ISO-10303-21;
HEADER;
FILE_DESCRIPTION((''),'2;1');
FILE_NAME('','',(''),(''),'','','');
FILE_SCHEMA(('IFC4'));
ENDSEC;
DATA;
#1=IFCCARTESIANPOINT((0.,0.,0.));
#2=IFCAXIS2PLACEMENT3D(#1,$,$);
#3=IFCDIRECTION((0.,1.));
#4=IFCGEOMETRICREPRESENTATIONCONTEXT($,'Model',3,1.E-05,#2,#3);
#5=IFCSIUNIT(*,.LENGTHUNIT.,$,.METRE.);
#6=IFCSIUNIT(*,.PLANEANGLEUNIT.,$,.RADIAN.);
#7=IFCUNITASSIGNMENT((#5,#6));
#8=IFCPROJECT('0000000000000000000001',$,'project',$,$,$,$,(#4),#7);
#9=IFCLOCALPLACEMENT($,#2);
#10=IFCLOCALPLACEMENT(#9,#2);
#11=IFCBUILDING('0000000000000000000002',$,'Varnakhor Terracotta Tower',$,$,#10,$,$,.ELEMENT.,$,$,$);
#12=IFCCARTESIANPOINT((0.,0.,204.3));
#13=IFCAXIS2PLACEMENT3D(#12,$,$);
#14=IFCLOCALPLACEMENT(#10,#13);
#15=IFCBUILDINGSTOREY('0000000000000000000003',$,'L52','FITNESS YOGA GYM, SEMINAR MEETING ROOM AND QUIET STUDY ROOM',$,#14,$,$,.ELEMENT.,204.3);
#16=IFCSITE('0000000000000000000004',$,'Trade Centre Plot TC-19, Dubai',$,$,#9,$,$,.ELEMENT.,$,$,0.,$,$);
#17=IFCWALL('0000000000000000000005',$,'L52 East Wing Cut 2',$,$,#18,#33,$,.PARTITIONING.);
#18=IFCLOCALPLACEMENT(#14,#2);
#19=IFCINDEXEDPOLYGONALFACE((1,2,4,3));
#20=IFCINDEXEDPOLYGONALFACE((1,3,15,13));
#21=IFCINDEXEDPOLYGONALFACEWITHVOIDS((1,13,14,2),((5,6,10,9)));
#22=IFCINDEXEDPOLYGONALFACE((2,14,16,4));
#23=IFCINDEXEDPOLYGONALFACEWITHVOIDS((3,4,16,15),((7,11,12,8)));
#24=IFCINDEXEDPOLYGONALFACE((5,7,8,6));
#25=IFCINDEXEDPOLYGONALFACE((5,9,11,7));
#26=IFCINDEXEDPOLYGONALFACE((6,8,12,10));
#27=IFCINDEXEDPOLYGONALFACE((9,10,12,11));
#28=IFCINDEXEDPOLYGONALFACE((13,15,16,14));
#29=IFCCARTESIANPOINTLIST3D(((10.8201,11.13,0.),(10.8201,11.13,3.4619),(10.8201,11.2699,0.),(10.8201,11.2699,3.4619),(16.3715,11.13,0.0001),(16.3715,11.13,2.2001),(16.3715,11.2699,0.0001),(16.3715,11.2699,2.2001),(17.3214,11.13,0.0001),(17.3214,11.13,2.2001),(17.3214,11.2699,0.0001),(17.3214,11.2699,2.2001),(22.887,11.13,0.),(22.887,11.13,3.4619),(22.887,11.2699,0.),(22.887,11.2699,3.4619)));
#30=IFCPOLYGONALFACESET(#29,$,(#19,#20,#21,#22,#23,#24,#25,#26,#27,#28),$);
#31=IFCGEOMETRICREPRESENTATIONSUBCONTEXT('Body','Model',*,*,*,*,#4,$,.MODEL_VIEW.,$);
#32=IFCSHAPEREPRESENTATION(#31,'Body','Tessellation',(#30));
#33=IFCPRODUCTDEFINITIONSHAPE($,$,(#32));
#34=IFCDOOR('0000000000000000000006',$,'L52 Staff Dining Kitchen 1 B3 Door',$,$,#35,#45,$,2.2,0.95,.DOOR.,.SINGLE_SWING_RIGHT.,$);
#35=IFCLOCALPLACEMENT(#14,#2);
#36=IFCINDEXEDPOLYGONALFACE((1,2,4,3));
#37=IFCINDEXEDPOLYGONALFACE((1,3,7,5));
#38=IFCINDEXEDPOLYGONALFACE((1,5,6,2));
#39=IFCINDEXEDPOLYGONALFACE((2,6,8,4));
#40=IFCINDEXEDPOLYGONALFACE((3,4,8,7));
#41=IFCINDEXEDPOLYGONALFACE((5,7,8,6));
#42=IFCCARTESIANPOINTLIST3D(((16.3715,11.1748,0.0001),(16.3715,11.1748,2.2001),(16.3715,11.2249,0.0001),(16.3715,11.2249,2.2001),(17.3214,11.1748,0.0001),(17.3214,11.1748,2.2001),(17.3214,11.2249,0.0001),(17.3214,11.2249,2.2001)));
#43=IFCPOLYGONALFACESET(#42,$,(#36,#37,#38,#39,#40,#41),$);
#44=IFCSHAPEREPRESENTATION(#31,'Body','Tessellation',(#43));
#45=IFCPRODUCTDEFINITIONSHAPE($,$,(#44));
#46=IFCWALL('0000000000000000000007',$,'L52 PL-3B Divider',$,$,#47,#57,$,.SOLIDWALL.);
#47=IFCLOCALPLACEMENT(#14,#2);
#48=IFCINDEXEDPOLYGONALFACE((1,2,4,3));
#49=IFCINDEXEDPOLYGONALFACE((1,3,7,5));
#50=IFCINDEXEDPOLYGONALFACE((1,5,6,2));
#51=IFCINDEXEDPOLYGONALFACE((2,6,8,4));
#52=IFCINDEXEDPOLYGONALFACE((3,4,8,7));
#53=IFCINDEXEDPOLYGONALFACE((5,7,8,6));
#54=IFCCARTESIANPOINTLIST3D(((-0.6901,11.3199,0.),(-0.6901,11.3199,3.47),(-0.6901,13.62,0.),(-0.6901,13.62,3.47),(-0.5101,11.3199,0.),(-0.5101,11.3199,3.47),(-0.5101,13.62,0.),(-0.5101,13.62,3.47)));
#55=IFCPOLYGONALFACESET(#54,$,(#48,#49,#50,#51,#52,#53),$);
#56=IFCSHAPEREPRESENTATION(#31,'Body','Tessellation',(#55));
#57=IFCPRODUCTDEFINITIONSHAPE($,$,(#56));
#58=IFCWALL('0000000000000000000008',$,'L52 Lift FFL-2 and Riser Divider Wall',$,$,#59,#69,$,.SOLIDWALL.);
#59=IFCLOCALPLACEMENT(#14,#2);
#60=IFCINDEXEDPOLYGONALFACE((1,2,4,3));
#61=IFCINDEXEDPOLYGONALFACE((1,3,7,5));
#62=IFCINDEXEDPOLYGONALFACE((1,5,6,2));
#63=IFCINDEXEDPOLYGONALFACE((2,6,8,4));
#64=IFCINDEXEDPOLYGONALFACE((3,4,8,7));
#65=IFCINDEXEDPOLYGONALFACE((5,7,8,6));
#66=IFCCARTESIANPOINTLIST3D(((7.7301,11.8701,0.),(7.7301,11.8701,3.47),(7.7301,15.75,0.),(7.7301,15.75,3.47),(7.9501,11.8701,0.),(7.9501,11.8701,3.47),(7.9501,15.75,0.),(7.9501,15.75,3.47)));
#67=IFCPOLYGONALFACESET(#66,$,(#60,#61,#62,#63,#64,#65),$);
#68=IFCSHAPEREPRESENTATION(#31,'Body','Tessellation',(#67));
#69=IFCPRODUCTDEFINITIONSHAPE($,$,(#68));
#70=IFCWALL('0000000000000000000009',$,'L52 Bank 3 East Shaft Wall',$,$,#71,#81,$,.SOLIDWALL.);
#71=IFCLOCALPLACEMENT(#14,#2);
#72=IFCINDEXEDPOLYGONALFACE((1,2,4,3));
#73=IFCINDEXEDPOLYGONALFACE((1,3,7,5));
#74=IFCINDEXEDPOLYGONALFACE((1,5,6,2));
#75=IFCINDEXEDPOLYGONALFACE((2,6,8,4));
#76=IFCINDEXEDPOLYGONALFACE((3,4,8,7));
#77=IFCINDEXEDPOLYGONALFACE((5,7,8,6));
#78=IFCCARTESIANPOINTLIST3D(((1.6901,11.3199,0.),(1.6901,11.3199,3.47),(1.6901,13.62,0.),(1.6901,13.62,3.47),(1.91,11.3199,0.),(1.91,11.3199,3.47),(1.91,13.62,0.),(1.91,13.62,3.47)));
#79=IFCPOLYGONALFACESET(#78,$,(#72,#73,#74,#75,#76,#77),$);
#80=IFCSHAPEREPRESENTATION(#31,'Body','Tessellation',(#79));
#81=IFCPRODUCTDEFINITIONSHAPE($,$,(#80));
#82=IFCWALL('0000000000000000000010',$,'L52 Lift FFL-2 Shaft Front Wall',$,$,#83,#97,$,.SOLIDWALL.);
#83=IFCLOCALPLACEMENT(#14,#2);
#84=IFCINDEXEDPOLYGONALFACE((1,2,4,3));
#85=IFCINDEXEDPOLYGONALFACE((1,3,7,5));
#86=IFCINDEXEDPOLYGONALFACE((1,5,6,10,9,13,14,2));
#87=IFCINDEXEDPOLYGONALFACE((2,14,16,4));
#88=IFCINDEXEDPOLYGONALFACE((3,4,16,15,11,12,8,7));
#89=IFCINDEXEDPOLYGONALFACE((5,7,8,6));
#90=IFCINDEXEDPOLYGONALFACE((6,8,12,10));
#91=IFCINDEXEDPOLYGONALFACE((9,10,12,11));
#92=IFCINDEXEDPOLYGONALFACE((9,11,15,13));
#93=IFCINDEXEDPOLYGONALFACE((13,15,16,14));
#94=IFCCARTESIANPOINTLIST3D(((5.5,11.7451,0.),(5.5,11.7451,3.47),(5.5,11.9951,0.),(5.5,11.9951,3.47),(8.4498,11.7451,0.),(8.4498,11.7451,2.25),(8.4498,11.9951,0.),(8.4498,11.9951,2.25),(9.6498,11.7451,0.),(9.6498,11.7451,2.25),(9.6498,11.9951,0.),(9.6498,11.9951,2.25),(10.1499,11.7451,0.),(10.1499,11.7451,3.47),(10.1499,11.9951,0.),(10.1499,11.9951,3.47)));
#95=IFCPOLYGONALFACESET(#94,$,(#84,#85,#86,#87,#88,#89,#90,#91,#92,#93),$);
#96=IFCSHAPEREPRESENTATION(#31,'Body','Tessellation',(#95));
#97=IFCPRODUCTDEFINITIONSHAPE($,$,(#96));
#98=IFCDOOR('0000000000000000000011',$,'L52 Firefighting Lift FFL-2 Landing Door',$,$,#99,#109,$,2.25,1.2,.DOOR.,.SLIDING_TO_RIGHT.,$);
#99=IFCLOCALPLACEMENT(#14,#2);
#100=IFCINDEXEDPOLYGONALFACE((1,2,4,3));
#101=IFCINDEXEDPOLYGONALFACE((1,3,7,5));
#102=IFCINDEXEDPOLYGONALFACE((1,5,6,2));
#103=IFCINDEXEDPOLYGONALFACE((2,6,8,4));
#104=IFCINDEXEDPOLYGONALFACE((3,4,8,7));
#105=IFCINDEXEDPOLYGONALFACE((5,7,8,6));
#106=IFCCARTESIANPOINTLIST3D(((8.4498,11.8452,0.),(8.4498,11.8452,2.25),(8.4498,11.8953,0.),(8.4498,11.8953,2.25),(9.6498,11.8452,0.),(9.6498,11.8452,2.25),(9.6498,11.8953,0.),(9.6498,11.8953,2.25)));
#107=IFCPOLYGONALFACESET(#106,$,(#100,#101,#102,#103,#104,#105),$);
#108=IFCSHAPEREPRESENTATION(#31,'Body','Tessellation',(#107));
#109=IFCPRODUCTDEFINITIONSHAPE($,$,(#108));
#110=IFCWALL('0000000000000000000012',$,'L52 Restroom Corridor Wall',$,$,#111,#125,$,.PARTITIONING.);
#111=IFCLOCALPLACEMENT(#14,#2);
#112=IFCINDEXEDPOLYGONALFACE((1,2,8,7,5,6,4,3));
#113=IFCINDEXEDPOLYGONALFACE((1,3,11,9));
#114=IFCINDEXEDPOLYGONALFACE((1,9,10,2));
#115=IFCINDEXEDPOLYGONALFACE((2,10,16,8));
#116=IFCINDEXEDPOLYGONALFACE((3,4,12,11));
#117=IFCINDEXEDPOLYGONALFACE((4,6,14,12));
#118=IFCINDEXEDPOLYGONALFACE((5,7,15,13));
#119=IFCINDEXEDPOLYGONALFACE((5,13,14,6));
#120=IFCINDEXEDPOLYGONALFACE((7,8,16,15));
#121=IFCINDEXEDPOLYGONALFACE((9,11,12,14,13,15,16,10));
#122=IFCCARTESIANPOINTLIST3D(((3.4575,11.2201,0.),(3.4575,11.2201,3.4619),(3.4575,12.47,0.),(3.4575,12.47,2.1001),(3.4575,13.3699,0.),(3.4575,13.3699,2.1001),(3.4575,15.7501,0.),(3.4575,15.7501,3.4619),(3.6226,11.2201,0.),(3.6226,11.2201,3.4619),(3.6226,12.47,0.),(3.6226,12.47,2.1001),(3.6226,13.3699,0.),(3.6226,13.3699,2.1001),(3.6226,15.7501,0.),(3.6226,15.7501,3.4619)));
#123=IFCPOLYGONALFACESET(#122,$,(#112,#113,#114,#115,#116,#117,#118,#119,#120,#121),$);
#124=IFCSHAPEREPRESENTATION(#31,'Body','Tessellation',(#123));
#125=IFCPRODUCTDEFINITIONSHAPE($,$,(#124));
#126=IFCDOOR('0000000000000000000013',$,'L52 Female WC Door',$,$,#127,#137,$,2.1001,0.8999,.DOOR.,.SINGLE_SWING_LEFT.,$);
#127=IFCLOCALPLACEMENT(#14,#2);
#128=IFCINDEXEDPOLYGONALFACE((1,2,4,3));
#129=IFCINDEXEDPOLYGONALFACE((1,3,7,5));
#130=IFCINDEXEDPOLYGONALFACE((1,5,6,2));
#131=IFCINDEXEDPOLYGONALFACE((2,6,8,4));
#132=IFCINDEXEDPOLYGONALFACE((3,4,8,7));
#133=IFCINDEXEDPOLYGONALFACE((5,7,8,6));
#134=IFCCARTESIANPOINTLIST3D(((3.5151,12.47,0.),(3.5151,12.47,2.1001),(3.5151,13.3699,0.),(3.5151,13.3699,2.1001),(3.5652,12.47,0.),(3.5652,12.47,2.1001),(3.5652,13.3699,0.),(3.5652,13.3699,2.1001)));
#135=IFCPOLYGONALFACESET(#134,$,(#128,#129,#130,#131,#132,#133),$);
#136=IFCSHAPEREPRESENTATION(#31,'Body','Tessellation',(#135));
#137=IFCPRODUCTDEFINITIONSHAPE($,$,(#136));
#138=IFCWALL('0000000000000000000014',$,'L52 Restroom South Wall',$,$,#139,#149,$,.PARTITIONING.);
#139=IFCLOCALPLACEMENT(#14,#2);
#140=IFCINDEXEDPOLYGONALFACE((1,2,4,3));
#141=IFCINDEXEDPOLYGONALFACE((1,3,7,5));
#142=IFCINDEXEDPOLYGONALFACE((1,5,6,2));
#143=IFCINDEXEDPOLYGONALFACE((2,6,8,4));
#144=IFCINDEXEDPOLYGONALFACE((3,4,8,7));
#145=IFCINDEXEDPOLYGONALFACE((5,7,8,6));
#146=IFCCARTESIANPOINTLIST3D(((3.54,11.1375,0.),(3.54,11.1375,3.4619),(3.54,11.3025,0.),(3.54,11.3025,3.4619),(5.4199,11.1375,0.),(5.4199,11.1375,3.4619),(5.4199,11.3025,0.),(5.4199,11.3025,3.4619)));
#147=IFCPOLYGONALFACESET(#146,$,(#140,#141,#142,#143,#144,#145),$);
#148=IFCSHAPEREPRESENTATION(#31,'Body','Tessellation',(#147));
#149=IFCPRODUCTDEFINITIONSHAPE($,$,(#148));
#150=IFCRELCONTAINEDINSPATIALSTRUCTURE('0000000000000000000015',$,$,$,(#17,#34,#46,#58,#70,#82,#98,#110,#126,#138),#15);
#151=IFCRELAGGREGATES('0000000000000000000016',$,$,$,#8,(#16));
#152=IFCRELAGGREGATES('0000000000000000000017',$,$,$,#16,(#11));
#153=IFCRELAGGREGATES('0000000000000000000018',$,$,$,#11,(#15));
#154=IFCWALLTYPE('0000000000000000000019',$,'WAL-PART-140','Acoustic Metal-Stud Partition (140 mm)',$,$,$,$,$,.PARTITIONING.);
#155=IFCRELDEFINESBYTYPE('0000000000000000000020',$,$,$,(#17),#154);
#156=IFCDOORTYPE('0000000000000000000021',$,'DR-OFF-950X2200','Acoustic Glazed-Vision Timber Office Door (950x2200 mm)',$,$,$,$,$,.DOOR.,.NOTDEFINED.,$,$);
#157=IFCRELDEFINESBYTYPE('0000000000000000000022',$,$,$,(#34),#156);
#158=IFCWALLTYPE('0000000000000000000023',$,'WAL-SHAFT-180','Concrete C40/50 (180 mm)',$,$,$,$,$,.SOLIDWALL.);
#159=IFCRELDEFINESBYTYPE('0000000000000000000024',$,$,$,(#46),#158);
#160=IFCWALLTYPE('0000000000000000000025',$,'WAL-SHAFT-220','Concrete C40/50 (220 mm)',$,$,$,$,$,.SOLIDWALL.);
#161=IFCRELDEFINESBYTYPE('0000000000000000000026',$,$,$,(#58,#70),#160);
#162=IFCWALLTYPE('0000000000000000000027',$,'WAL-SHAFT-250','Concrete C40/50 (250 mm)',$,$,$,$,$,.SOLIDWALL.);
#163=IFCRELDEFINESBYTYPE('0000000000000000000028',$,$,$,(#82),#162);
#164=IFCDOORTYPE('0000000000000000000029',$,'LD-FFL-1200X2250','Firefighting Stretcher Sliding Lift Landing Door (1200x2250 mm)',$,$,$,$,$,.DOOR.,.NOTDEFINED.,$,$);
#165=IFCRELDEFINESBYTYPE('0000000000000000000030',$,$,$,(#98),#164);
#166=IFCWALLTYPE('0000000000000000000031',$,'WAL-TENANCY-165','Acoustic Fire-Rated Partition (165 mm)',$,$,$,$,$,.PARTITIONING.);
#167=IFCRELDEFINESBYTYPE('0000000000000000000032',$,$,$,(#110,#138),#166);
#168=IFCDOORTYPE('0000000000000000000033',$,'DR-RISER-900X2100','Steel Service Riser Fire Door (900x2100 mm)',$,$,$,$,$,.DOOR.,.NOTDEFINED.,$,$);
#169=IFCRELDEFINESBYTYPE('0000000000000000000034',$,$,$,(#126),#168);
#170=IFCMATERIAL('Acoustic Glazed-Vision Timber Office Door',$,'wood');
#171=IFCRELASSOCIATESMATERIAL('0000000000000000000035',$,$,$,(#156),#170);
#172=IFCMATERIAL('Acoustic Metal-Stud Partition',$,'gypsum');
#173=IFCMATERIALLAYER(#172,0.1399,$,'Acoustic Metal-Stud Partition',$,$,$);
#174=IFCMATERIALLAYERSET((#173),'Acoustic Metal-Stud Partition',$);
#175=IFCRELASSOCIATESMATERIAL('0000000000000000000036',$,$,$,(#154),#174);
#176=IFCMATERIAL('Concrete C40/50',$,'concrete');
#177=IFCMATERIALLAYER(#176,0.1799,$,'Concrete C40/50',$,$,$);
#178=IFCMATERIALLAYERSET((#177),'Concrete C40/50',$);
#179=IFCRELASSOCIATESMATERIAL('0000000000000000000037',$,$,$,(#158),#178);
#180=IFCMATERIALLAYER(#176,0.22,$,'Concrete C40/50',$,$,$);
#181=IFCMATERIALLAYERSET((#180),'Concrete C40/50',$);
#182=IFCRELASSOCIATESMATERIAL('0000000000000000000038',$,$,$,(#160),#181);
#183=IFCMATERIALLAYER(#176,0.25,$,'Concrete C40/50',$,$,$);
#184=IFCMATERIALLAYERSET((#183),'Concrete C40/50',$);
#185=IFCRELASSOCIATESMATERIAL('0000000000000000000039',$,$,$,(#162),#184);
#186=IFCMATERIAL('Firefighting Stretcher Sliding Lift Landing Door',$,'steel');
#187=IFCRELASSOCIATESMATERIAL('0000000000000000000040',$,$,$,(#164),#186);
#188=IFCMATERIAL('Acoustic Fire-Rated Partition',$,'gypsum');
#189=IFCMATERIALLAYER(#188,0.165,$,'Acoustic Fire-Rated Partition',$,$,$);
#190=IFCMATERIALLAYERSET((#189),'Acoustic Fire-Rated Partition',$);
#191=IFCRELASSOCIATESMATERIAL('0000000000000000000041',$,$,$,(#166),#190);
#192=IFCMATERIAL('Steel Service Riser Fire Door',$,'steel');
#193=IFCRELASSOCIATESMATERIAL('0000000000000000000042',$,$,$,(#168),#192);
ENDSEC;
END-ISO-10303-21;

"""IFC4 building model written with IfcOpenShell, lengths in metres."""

from ifc_helpers import new_model, si_unit, direction, frame, frame_2d, origin, place, context, subcontext, project, spatial, rectangle, extrude, source, transform, mapped, material, layer, layer_set, type_object, type_shapes, element, fill, save


model = new_model("IFC4")

# Units and contexts
model_context = context("Model", 3, precision=1e-05, world=origin(), true_north=direction((0.0, 1.0)))
body_context = subcontext(model_context, "Body", "Model", "MODEL_VIEW")
ifc_project = project(units=[si_unit("LENGTHUNIT", "METRE"), si_unit("PLANEANGLEUNIT", "RADIAN")], contexts=[model_context])

# Site, building, storey
site_placement = place(None, origin())
site = spatial("IfcSite", under=ifc_project, at=site_placement, Name="Trade Centre Plot TC-19, Dubai", CompositionType="ELEMENT", RefElevation=0.0)
building_placement = place(site_placement, origin())
building = spatial("IfcBuilding", under=site, at=building_placement, Name="Varnakhor Terracotta Tower", CompositionType="ELEMENT")
storey_placement = place(building_placement, frame((0.0, 0.0, 204.3)))
storey = spatial("IfcBuildingStorey", under=building, at=storey_placement, Name="L52", Description="FITNESS YOGA GYM, SEMINAR MEETING ROOM AND QUIET STUDY ROOM", CompositionType="ELEMENT", Elevation=204.3)

# Shared definitions
ifc_material_1 = material(Name="Acoustic Glazed-Vision Timber Office Door", Category="wood")
door_type_1 = type_object("IfcDoorType", Name="DR-OFF-950X2200", Description="Acoustic Glazed-Vision Timber Office Door (950x2200 mm)", OperationType="NOTDEFINED", PredefinedType="DOOR", material=ifc_material_1)
shared_shape_1 = source(origin(), body_context, "Body", "SweptSolid", [
    extrude(rectangle(XDim=0.95, YDim=2.2, at=frame_2d((0.4751, 1.1001))), frame((0.0, 0.0249, 0.0), z_axis=(0.0, -1.0, 0.0), x_axis=(1.0, 0.0, 0.0)), (0.0, 0.0, 1.0), 0.05),
])
type_shapes(door_type_1, [shared_shape_1])

# Shared definitions
ifc_material_2 = material(Name="Acoustic Metal-Stud Partition", Category="gypsum")
ifc_layer_1 = layer(ifc_material_2, 0.1399, Name="Acoustic Metal-Stud Partition")
ifc_layer_set_1 = layer_set([ifc_layer_1], Name="Acoustic Metal-Stud Partition")
wall_type_1 = type_object("IfcWallType", Name="WAL-PART-140", Description="Acoustic Metal-Stud Partition (140 mm)", PredefinedType="PARTITIONING", material=ifc_layer_set_1)

# Wall, opening, door
wall_1_placement = place(storey_placement, frame((10.8201, 11.2, 0.0), z_axis=(0.0, 0.0, 1.0), x_axis=(1.0, 0.0, 0.0)))
wall_1 = element("IfcWall", 1, at=wall_1_placement, inside=storey, type_object=wall_type_1, Name="L52 East Wing Cut 2", PredefinedType="PARTITIONING", context=body_context, shape_type="SweptSolid", body=[
    extrude(rectangle(XDim=12.0669, YDim=0.1399, at=frame_2d((6.0334, 0.0))), origin(), (0.0, 0.0, 1.0), 3.4619),
])
opening_1_placement = place(wall_1_placement, frame((5.5513, 0.0, 0.0)))
opening_1 = element("IfcOpeningElement", 2, at=opening_1_placement, cuts=wall_1, PredefinedType="OPENING", context=body_context, shape_type="SweptSolid", body=[
    extrude(rectangle(XDim=0.95, YDim=2.2, at=frame_2d((0.4751, 1.1001))), frame((0.0, 0.0801, 0.0), z_axis=(0.0, -1.0, 0.0), x_axis=(1.0, 0.0, 0.0)), (0.0, 0.0, 1.0), 0.1599),
])
door_1_placement = place(opening_1_placement, origin())
door_1 = element("IfcDoor", 3, at=door_1_placement, inside=storey, type_object=door_type_1, Name="L52 Staff Dining Kitchen 1 B3 Door", OperationType="SINGLE_SWING_RIGHT", OverallHeight=2.2, OverallWidth=0.95, PredefinedType="DOOR", context=body_context, shape_type="MappedRepresentation", body=[
    mapped(shared_shape_1, transform((0.0, 0.0, 0.0), scale=1.0)),
])
fill(opening_1, door_1)

# Walls
ifc_material_3 = material(Name="Concrete C40/50", Category="concrete")
ifc_layer_2 = layer(ifc_material_3, 0.1799, Name="Concrete C40/50")
ifc_layer_set_2 = layer_set([ifc_layer_2], Name="Concrete C40/50")
wall_type_2 = type_object("IfcWallType", Name="WAL-SHAFT-180", Description="Concrete C40/50 (180 mm)", PredefinedType="SOLIDWALL", material=ifc_layer_set_2)
wall_2_placement = place(storey_placement, frame((-0.6001, 11.3201, 0.0), z_axis=(0.0, 0.0, 1.0), x_axis=(0.0, 1.0, 0.0)))
element("IfcWall", 4, at=wall_2_placement, inside=storey, type_object=wall_type_2, Name="L52 PL-3B Divider", PredefinedType="SOLIDWALL", context=body_context, shape_type="SweptSolid", body=[
    extrude(rectangle(XDim=2.3, YDim=0.1799, at=frame_2d((1.1499, 0.0))), origin(), (0.0, 0.0, 1.0), 3.47),
])
ifc_layer_3 = layer(ifc_material_3, 0.22, Name="Concrete C40/50")
ifc_layer_set_3 = layer_set([ifc_layer_3], Name="Concrete C40/50")
wall_type_3 = type_object("IfcWallType", Name="WAL-SHAFT-220", Description="Concrete C40/50 (220 mm)", PredefinedType="SOLIDWALL", material=ifc_layer_set_3)
wall_3_placement = place(storey_placement, frame((7.8401, 11.8701, 0.0), z_axis=(0.0, 0.0, 1.0), x_axis=(0.0, 1.0, 0.0)))
element("IfcWall", 5, at=wall_3_placement, inside=storey, type_object=wall_type_3, Name="L52 Lift FFL-2 and Riser Divider Wall", PredefinedType="SOLIDWALL", context=body_context, shape_type="SweptSolid", body=[
    extrude(rectangle(XDim=3.8799, YDim=0.22, at=frame_2d((1.9399, 0.0))), origin(), (0.0, 0.0, 1.0), 3.47),
])
wall_4_placement = place(storey_placement, frame((1.8, 11.3201, 0.0), z_axis=(0.0, 0.0, 1.0), x_axis=(0.0, 1.0, 0.0)))
element("IfcWall", 6, at=wall_4_placement, inside=storey, type_object=wall_type_3, Name="L52 Bank 3 East Shaft Wall", PredefinedType="SOLIDWALL", context=body_context, shape_type="SweptSolid", body=[
    extrude(rectangle(XDim=2.3, YDim=0.22, at=frame_2d((1.1499, 0.0))), origin(), (0.0, 0.0, 1.0), 3.47),
])

# Walls, openings, doors
ifc_layer_4 = layer(ifc_material_3, 0.25, Name="Concrete C40/50")
ifc_layer_set_4 = layer_set([ifc_layer_4], Name="Concrete C40/50")
wall_type_4 = type_object("IfcWallType", Name="WAL-SHAFT-250", Description="Concrete C40/50 (250 mm)", PredefinedType="SOLIDWALL", material=ifc_layer_set_4)
wall_5_placement = place(storey_placement, frame((10.1499, 11.8701, 0.0), z_axis=(0.0, 0.0, 1.0), x_axis=(-1.0, 0.0, 0.0)))
wall_5 = element("IfcWall", 7, at=wall_5_placement, inside=storey, type_object=wall_type_4, Name="L52 Lift FFL-2 Shaft Front Wall", PredefinedType="SOLIDWALL", context=body_context, shape_type="SweptSolid", body=[
    extrude(rectangle(XDim=4.6499, YDim=0.25, at=frame_2d((2.325, 0.0))), origin(), (0.0, 0.0, 1.0), 3.47),
])
opening_2_placement = place(wall_5_placement, frame((0.5, 0.0, 0.0)))
opening_2 = element("IfcOpeningElement", 8, at=opening_2_placement, cuts=wall_5, PredefinedType="OPENING", context=body_context, shape_type="SweptSolid", body=[
    extrude(rectangle(XDim=1.2, YDim=2.25, at=frame_2d((0.6001, 1.125))), frame((0.0, 0.135, 0.0), z_axis=(0.0, -1.0, 0.0), x_axis=(1.0, 0.0, 0.0)), (0.0, 0.0, 1.0), 0.27),
])
ifc_material_4 = material(Name="Firefighting Stretcher Sliding Lift Landing Door", Category="steel")
door_type_2 = type_object("IfcDoorType", Name="LD-FFL-1200X2250", Description="Firefighting Stretcher Sliding Lift Landing Door (1200x2250 mm)", OperationType="NOTDEFINED", PredefinedType="DOOR", material=ifc_material_4)
shared_shape_2 = source(origin(), body_context, "Body", "SweptSolid", [
    extrude(rectangle(XDim=1.2, YDim=2.25, at=frame_2d((0.6001, 1.125))), frame((0.0, 0.0249, 0.0), z_axis=(0.0, -1.0, 0.0), x_axis=(1.0, 0.0, 0.0)), (0.0, 0.0, 1.0), 0.05),
])
type_shapes(door_type_2, [shared_shape_2])
door_2_placement = place(opening_2_placement, origin())
door_2 = element("IfcDoor", 9, at=door_2_placement, inside=storey, type_object=door_type_2, Name="L52 Firefighting Lift FFL-2 Landing Door", OperationType="SLIDING_TO_RIGHT", OverallHeight=2.25, OverallWidth=1.2, PredefinedType="DOOR", context=body_context, shape_type="MappedRepresentation", body=[
    mapped(shared_shape_2, transform((0.0, 0.0, 0.0), scale=1.0)),
])
fill(opening_2, door_2)
ifc_material_5 = material(Name="Acoustic Fire-Rated Partition", Category="gypsum")
ifc_layer_5 = layer(ifc_material_5, 0.165, Name="Acoustic Fire-Rated Partition")
ifc_layer_set_5 = layer_set([ifc_layer_5], Name="Acoustic Fire-Rated Partition")
wall_type_5 = type_object("IfcWallType", Name="WAL-TENANCY-165", Description="Acoustic Fire-Rated Partition (165 mm)", PredefinedType="PARTITIONING", material=ifc_layer_set_5)
wall_6_placement = place(storey_placement, frame((3.54, 11.22, 0.0), z_axis=(0.0, 0.0, 1.0), x_axis=(0.0, 1.0, 0.0)))
wall_6 = element("IfcWall", 10, at=wall_6_placement, inside=storey, type_object=wall_type_5, Name="L52 Restroom Corridor Wall", PredefinedType="PARTITIONING", context=body_context, shape_type="SweptSolid", body=[
    extrude(rectangle(XDim=4.53, YDim=0.165, at=frame_2d((2.2651, 0.0))), origin(), (0.0, 0.0, 1.0), 3.4619),
])
opening_3_placement = place(wall_6_placement, frame((1.25, 0.0, 0.0)))
opening_3 = element("IfcOpeningElement", 11, at=opening_3_placement, cuts=wall_6, PredefinedType="OPENING", context=body_context, shape_type="SweptSolid", body=[
    extrude(rectangle(XDim=0.8999, YDim=2.1001, at=frame_2d((0.45, 1.05))), frame((0.0, 0.0925, 0.0), z_axis=(0.0, -1.0, 0.0), x_axis=(1.0, 0.0, 0.0)), (0.0, 0.0, 1.0), 0.1851),
])
ifc_material_6 = material(Name="Steel Service Riser Fire Door", Category="steel")
door_type_3 = type_object("IfcDoorType", Name="DR-RISER-900X2100", Description="Steel Service Riser Fire Door (900x2100 mm)", OperationType="NOTDEFINED", PredefinedType="DOOR", material=ifc_material_6)
shared_shape_3 = source(origin(), body_context, "Body", "SweptSolid", [
    extrude(rectangle(XDim=0.8999, YDim=2.1001, at=frame_2d((0.45, 1.05))), frame((0.0, 0.0249, 0.0), z_axis=(0.0, -1.0, 0.0), x_axis=(1.0, 0.0, 0.0)), (0.0, 0.0, 1.0), 0.05),
])
type_shapes(door_type_3, [shared_shape_3])
door_3_placement = place(opening_3_placement, origin())
door_3 = element("IfcDoor", 12, at=door_3_placement, inside=storey, type_object=door_type_3, Name="L52 Female WC Door", OperationType="SINGLE_SWING_LEFT", OverallHeight=2.1001, OverallWidth=0.8999, PredefinedType="DOOR", context=body_context, shape_type="MappedRepresentation", body=[
    mapped(shared_shape_3, transform((0.0, 0.0, 0.0), scale=1.0)),
])
fill(opening_3, door_3)

# Wall
wall_7_placement = place(storey_placement, frame((3.54, 11.22, 0.0), z_axis=(0.0, 0.0, 1.0), x_axis=(1.0, 0.0, 0.0)))
element("IfcWall", 13, at=wall_7_placement, inside=storey, type_object=wall_type_5, Name="L52 Restroom South Wall", PredefinedType="PARTITIONING", context=body_context, shape_type="SweptSolid", body=[
    extrude(rectangle(XDim=1.8799, YDim=0.165, at=frame_2d((0.9399, 0.0))), origin(), (0.0, 0.0, 1.0), 3.4619),
])

save(model, "model.ifc")
